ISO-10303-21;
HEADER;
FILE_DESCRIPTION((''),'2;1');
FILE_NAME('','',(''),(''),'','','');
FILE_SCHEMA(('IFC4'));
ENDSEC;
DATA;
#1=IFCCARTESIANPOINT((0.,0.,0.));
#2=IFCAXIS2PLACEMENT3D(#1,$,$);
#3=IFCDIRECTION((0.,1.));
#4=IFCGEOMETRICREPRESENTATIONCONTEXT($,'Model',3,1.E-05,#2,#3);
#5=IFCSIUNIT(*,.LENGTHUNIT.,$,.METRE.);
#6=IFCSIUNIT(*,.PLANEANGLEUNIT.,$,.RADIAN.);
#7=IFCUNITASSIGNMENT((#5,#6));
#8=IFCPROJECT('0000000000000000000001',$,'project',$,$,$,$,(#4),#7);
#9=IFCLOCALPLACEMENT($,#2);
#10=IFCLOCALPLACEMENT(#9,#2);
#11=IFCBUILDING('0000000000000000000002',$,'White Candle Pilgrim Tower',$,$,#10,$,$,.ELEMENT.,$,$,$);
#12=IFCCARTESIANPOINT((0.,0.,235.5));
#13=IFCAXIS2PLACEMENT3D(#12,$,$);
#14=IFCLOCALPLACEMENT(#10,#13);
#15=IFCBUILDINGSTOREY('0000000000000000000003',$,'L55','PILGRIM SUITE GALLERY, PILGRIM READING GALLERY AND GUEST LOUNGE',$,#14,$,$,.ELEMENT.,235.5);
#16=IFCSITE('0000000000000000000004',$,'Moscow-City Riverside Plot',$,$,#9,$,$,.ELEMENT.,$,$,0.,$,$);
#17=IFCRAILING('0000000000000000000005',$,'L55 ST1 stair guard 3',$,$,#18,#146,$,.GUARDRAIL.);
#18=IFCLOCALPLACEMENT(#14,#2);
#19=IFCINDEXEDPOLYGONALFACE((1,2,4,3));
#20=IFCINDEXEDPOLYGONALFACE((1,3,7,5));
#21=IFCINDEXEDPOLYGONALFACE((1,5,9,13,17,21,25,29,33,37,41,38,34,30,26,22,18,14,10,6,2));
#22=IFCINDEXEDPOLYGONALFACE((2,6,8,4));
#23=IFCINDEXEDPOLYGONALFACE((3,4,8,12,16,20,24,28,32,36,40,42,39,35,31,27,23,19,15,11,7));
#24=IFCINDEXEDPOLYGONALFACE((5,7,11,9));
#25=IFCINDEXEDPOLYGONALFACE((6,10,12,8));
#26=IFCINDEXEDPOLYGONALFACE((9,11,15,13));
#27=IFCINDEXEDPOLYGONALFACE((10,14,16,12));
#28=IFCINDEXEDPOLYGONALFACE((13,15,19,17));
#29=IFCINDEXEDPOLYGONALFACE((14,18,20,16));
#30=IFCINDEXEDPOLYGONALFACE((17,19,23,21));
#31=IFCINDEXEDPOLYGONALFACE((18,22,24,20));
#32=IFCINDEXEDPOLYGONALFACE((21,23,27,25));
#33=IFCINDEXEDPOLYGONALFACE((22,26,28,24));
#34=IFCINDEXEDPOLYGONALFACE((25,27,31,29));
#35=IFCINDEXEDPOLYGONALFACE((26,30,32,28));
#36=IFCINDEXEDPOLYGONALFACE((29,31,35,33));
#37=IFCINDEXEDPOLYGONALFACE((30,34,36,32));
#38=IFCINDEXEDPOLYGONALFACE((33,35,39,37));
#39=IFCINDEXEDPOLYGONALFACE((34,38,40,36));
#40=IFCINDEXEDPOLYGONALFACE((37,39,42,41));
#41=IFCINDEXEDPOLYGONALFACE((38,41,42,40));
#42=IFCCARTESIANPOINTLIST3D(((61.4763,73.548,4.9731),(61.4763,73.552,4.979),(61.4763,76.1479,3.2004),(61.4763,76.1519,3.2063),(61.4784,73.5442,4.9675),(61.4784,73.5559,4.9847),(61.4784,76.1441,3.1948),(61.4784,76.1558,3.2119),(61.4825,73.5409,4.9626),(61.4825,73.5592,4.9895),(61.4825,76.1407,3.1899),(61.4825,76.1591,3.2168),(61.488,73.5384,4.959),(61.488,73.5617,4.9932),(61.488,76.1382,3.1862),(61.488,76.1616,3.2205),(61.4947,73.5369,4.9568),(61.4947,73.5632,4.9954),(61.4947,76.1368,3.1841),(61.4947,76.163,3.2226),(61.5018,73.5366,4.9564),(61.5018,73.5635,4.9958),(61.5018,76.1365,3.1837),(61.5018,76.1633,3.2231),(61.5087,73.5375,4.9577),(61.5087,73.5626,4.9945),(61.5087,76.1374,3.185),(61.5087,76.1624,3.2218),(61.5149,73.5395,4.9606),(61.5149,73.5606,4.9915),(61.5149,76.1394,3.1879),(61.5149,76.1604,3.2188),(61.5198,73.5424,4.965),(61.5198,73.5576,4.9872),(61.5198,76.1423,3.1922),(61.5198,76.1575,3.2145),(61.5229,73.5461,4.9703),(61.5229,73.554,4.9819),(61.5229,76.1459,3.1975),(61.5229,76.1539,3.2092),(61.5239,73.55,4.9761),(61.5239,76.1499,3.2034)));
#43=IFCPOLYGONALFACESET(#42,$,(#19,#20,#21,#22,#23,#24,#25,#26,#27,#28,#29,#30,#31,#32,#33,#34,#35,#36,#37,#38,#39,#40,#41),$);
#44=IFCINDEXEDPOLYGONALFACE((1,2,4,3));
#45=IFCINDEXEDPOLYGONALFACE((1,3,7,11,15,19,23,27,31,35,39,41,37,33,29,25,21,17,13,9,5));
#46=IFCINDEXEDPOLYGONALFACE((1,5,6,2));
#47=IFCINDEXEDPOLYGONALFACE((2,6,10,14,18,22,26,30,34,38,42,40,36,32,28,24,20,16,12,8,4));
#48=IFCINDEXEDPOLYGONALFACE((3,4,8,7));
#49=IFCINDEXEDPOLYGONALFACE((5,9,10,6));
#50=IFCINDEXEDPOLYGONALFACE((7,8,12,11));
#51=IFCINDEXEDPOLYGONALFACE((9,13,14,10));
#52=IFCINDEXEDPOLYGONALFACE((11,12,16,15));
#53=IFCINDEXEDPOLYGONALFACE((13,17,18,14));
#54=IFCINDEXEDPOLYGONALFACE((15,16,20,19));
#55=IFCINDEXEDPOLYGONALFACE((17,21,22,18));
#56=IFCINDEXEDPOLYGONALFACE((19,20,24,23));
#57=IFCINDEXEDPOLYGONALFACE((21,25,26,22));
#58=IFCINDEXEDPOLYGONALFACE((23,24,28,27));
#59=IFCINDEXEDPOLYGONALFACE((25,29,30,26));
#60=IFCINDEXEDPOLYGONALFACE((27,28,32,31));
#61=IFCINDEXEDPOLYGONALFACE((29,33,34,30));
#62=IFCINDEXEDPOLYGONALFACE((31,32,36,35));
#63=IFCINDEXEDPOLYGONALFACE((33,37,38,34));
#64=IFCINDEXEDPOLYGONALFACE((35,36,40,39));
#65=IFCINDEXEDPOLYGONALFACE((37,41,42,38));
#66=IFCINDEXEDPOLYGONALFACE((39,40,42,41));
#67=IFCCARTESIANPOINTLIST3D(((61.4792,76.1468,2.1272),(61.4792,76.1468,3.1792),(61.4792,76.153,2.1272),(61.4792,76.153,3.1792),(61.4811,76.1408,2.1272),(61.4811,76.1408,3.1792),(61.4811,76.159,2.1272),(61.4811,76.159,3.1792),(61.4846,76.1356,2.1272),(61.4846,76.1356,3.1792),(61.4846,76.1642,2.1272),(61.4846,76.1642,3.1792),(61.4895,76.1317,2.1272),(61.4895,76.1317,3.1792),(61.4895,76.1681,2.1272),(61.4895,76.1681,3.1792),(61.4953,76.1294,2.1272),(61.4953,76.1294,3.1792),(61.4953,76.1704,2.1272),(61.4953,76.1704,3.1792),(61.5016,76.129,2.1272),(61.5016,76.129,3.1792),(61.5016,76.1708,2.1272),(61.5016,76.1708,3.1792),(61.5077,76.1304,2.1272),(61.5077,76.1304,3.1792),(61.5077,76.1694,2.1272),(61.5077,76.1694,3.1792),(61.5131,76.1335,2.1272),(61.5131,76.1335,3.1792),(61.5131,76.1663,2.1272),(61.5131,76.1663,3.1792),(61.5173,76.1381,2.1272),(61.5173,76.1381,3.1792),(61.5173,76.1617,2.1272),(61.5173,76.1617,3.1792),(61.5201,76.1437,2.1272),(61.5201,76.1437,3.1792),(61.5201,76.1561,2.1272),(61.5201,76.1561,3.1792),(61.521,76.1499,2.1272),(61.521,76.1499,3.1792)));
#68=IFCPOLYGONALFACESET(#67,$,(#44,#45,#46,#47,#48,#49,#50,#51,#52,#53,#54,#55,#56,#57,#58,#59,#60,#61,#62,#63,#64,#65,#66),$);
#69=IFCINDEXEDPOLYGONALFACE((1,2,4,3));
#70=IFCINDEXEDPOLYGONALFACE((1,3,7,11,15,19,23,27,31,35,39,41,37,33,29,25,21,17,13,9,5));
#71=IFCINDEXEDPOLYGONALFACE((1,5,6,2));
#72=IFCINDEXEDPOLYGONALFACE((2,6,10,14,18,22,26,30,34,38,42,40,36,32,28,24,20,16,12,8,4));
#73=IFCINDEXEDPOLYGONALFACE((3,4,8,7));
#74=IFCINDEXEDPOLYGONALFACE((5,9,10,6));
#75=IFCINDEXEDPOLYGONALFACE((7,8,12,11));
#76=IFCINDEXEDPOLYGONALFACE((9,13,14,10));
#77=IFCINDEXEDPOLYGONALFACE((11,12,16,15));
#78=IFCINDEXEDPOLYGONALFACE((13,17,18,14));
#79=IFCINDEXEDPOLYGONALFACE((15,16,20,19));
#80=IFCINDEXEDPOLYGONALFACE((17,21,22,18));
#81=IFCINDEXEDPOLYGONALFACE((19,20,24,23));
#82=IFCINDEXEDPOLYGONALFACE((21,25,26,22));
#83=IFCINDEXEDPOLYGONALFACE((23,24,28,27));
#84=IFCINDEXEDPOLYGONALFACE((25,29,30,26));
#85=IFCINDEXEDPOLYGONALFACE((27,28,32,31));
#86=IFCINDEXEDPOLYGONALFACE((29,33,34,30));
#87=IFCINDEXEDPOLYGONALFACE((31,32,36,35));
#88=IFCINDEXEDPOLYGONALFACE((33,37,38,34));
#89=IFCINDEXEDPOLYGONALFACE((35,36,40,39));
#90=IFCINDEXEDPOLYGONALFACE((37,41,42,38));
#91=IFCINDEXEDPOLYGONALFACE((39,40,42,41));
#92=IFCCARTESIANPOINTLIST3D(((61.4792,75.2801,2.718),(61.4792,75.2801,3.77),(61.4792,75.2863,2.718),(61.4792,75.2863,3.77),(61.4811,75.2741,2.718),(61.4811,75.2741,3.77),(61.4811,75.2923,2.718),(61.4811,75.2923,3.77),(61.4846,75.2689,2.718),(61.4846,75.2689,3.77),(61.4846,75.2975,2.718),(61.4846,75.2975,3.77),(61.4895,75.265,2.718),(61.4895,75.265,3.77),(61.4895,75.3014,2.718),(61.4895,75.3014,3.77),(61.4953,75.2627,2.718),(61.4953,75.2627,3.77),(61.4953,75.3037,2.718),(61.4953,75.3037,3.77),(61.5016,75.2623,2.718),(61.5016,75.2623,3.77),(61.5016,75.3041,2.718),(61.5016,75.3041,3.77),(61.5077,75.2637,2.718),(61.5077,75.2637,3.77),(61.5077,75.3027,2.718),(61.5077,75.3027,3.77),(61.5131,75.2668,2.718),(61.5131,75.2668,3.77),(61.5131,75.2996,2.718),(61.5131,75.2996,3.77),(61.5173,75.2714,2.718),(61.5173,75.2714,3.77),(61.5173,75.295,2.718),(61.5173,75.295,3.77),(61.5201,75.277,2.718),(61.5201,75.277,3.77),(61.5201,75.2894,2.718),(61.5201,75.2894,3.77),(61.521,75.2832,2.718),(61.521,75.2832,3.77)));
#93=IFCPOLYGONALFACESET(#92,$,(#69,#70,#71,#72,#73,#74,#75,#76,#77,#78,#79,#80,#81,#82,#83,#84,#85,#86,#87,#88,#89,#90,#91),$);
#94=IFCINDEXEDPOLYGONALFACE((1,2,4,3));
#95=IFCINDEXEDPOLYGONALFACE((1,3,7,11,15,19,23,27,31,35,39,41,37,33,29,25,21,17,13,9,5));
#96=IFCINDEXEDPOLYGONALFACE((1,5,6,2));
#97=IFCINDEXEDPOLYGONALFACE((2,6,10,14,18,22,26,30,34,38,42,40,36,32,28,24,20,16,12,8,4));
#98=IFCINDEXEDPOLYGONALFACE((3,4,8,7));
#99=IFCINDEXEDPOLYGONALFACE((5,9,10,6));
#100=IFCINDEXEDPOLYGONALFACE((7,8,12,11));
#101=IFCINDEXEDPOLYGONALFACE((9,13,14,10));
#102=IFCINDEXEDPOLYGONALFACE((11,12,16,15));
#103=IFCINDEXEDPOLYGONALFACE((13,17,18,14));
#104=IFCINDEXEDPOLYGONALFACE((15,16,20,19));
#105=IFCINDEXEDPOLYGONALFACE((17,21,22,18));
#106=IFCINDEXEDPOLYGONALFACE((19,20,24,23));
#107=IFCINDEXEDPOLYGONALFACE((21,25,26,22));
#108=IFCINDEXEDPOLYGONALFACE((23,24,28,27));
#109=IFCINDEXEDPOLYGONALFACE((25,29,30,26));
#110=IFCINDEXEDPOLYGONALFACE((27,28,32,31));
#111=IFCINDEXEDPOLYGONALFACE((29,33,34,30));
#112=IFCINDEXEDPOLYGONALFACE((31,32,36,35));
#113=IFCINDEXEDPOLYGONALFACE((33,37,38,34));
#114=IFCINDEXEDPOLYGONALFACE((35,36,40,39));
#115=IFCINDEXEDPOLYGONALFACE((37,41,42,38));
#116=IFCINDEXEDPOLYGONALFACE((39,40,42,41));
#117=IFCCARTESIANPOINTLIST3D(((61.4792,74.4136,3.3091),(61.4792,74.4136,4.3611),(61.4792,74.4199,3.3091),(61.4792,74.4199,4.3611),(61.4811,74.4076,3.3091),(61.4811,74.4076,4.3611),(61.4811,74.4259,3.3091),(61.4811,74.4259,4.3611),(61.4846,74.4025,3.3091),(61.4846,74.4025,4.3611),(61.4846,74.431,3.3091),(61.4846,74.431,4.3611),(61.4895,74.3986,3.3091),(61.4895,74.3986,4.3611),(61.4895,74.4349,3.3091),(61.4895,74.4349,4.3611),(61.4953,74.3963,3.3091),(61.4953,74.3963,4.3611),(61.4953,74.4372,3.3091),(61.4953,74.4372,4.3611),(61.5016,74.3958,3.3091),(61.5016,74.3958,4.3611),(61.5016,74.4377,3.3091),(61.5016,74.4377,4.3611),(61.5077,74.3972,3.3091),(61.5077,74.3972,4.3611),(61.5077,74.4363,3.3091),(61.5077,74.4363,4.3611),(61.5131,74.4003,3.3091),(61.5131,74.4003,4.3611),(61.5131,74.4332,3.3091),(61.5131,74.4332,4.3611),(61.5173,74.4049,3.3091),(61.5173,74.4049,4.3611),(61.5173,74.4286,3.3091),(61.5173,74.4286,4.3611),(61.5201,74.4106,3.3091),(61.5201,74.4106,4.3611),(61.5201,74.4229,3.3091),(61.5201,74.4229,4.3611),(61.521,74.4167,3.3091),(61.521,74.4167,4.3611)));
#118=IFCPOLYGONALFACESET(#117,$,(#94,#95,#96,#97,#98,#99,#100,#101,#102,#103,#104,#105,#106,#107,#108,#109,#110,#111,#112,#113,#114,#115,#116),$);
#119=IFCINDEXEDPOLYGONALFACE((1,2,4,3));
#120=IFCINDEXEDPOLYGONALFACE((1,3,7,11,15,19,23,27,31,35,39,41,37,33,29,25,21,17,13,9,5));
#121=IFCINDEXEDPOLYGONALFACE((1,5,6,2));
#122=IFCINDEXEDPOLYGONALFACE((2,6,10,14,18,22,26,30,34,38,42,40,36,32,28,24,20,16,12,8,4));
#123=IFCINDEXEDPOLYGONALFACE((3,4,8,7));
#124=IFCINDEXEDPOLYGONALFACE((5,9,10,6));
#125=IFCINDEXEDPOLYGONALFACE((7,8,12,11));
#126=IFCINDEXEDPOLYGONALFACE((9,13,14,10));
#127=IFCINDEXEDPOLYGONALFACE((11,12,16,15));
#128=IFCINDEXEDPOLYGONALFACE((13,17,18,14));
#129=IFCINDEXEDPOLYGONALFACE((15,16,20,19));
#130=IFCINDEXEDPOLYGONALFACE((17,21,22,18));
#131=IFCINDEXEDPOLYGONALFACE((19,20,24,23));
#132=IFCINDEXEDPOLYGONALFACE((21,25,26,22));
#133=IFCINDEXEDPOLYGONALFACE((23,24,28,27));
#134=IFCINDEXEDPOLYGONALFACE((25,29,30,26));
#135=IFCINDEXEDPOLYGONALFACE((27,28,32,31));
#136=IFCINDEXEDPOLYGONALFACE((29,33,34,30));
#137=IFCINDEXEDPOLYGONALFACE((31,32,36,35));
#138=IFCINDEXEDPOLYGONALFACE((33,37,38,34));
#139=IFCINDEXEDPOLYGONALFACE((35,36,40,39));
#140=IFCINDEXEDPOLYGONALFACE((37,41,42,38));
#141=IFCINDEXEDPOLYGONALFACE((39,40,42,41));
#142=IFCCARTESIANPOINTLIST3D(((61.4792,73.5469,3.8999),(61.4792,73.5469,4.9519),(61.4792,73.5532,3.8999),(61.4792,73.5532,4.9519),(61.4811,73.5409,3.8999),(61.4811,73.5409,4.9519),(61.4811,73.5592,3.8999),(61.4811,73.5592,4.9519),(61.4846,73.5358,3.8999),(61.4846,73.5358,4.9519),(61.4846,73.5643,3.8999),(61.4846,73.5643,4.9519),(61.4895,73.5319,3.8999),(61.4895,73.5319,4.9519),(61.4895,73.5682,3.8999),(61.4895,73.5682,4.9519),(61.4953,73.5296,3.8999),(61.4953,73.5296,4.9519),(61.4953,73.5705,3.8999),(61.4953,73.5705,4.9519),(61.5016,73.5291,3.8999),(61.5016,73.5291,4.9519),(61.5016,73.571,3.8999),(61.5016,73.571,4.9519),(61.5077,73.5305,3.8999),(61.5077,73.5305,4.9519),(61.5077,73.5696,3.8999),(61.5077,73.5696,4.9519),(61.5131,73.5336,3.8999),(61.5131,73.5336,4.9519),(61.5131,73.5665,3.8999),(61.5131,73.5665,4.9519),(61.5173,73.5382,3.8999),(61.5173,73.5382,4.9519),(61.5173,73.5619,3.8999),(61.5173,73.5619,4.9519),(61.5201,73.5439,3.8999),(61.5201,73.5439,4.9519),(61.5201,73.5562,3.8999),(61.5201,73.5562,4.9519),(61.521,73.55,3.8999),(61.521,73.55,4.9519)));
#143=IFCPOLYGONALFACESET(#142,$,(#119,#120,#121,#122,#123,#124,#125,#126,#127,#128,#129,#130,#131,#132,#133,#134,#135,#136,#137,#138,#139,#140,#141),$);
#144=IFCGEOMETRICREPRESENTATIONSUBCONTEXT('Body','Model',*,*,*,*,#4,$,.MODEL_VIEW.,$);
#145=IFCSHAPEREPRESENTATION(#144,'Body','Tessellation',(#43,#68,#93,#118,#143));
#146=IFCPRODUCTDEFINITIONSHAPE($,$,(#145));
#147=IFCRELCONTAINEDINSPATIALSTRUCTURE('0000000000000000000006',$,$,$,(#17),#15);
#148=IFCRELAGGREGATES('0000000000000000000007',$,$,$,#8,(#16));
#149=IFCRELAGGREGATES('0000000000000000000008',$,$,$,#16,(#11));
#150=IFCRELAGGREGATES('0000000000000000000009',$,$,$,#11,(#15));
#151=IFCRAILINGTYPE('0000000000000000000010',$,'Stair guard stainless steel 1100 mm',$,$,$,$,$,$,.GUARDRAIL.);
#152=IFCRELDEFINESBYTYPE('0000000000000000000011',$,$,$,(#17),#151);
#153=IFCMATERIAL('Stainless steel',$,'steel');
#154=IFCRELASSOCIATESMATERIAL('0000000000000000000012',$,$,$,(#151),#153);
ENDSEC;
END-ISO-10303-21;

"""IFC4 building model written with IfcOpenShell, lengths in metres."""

from ifc_helpers import new_model, si_unit, direction, frame, origin, origin_2d, place, context, subcontext, project, spatial, circle, extrude, material, type_object, element, save


model = new_model("IFC4")

# Units and contexts
model_context = context("Model", 3, precision=1e-05, world=origin(), true_north=direction((0.0, 1.0)))
body_context = subcontext(model_context, "Body", "Model", "MODEL_VIEW")
ifc_project = project(units=[si_unit("LENGTHUNIT", "METRE"), si_unit("PLANEANGLEUNIT", "RADIAN")], contexts=[model_context])

# Site, building, storey
site_placement = place(None, origin())
site = spatial("IfcSite", under=ifc_project, at=site_placement, Name="Moscow-City Riverside Plot", CompositionType="ELEMENT", RefElevation=0.0)
building_placement = place(site_placement, origin())
building = spatial("IfcBuilding", under=site, at=building_placement, Name="White Candle Pilgrim Tower", CompositionType="ELEMENT")
storey_placement = place(building_placement, frame((0.0, 0.0, 235.5)))
storey = spatial("IfcBuildingStorey", under=building, at=storey_placement, Name="L55", Description="PILGRIM SUITE GALLERY, PILGRIM READING GALLERY AND GUEST LOUNGE", CompositionType="ELEMENT", Elevation=235.5)

# Shared definitions
ifc_material_1 = material(Name="Stainless steel", Category="steel")

# Railing
railing_type_1 = type_object("IfcRailingType", Name="Stair guard stainless steel 1100 mm", PredefinedType="GUARDRAIL", material=ifc_material_1)
railing_1_placement = place(storey_placement, frame((61.5, 76.1499, 2.1272)))
element("IfcRailing", 1, at=railing_1_placement, inside=storey, type_object=railing_type_1, Name="L55 ST1 stair guard 3", PredefinedType="GUARDRAIL", context=body_context, shape_type="SweptSolid", body=[
    extrude(circle(Radius=0.0239, at=origin_2d()), frame((0.0, 0.0, 1.0762), z_axis=(0.0, -0.826216, 0.563354), x_axis=(1.0, 0.0, 0.0)), (0.0, 0.0, 1.0), 3.1467),
    extrude(circle(Radius=0.021, at=origin_2d()), origin(), (0.0, 0.0, 1.0), 1.052),
    extrude(circle(Radius=0.021, at=origin_2d()), frame((0.0, -0.8667, 0.5908)), (0.0, 0.0, 1.0), 1.052),
    extrude(circle(Radius=0.021, at=origin_2d()), frame((0.0, -1.7332, 1.1819)), (0.0, 0.0, 1.0), 1.052),
    extrude(circle(Radius=0.021, at=origin_2d()), frame((0.0, -2.5999, 1.7727)), (0.0, 0.0, 1.0), 1.052),
])

save(model, "model.ifc")
